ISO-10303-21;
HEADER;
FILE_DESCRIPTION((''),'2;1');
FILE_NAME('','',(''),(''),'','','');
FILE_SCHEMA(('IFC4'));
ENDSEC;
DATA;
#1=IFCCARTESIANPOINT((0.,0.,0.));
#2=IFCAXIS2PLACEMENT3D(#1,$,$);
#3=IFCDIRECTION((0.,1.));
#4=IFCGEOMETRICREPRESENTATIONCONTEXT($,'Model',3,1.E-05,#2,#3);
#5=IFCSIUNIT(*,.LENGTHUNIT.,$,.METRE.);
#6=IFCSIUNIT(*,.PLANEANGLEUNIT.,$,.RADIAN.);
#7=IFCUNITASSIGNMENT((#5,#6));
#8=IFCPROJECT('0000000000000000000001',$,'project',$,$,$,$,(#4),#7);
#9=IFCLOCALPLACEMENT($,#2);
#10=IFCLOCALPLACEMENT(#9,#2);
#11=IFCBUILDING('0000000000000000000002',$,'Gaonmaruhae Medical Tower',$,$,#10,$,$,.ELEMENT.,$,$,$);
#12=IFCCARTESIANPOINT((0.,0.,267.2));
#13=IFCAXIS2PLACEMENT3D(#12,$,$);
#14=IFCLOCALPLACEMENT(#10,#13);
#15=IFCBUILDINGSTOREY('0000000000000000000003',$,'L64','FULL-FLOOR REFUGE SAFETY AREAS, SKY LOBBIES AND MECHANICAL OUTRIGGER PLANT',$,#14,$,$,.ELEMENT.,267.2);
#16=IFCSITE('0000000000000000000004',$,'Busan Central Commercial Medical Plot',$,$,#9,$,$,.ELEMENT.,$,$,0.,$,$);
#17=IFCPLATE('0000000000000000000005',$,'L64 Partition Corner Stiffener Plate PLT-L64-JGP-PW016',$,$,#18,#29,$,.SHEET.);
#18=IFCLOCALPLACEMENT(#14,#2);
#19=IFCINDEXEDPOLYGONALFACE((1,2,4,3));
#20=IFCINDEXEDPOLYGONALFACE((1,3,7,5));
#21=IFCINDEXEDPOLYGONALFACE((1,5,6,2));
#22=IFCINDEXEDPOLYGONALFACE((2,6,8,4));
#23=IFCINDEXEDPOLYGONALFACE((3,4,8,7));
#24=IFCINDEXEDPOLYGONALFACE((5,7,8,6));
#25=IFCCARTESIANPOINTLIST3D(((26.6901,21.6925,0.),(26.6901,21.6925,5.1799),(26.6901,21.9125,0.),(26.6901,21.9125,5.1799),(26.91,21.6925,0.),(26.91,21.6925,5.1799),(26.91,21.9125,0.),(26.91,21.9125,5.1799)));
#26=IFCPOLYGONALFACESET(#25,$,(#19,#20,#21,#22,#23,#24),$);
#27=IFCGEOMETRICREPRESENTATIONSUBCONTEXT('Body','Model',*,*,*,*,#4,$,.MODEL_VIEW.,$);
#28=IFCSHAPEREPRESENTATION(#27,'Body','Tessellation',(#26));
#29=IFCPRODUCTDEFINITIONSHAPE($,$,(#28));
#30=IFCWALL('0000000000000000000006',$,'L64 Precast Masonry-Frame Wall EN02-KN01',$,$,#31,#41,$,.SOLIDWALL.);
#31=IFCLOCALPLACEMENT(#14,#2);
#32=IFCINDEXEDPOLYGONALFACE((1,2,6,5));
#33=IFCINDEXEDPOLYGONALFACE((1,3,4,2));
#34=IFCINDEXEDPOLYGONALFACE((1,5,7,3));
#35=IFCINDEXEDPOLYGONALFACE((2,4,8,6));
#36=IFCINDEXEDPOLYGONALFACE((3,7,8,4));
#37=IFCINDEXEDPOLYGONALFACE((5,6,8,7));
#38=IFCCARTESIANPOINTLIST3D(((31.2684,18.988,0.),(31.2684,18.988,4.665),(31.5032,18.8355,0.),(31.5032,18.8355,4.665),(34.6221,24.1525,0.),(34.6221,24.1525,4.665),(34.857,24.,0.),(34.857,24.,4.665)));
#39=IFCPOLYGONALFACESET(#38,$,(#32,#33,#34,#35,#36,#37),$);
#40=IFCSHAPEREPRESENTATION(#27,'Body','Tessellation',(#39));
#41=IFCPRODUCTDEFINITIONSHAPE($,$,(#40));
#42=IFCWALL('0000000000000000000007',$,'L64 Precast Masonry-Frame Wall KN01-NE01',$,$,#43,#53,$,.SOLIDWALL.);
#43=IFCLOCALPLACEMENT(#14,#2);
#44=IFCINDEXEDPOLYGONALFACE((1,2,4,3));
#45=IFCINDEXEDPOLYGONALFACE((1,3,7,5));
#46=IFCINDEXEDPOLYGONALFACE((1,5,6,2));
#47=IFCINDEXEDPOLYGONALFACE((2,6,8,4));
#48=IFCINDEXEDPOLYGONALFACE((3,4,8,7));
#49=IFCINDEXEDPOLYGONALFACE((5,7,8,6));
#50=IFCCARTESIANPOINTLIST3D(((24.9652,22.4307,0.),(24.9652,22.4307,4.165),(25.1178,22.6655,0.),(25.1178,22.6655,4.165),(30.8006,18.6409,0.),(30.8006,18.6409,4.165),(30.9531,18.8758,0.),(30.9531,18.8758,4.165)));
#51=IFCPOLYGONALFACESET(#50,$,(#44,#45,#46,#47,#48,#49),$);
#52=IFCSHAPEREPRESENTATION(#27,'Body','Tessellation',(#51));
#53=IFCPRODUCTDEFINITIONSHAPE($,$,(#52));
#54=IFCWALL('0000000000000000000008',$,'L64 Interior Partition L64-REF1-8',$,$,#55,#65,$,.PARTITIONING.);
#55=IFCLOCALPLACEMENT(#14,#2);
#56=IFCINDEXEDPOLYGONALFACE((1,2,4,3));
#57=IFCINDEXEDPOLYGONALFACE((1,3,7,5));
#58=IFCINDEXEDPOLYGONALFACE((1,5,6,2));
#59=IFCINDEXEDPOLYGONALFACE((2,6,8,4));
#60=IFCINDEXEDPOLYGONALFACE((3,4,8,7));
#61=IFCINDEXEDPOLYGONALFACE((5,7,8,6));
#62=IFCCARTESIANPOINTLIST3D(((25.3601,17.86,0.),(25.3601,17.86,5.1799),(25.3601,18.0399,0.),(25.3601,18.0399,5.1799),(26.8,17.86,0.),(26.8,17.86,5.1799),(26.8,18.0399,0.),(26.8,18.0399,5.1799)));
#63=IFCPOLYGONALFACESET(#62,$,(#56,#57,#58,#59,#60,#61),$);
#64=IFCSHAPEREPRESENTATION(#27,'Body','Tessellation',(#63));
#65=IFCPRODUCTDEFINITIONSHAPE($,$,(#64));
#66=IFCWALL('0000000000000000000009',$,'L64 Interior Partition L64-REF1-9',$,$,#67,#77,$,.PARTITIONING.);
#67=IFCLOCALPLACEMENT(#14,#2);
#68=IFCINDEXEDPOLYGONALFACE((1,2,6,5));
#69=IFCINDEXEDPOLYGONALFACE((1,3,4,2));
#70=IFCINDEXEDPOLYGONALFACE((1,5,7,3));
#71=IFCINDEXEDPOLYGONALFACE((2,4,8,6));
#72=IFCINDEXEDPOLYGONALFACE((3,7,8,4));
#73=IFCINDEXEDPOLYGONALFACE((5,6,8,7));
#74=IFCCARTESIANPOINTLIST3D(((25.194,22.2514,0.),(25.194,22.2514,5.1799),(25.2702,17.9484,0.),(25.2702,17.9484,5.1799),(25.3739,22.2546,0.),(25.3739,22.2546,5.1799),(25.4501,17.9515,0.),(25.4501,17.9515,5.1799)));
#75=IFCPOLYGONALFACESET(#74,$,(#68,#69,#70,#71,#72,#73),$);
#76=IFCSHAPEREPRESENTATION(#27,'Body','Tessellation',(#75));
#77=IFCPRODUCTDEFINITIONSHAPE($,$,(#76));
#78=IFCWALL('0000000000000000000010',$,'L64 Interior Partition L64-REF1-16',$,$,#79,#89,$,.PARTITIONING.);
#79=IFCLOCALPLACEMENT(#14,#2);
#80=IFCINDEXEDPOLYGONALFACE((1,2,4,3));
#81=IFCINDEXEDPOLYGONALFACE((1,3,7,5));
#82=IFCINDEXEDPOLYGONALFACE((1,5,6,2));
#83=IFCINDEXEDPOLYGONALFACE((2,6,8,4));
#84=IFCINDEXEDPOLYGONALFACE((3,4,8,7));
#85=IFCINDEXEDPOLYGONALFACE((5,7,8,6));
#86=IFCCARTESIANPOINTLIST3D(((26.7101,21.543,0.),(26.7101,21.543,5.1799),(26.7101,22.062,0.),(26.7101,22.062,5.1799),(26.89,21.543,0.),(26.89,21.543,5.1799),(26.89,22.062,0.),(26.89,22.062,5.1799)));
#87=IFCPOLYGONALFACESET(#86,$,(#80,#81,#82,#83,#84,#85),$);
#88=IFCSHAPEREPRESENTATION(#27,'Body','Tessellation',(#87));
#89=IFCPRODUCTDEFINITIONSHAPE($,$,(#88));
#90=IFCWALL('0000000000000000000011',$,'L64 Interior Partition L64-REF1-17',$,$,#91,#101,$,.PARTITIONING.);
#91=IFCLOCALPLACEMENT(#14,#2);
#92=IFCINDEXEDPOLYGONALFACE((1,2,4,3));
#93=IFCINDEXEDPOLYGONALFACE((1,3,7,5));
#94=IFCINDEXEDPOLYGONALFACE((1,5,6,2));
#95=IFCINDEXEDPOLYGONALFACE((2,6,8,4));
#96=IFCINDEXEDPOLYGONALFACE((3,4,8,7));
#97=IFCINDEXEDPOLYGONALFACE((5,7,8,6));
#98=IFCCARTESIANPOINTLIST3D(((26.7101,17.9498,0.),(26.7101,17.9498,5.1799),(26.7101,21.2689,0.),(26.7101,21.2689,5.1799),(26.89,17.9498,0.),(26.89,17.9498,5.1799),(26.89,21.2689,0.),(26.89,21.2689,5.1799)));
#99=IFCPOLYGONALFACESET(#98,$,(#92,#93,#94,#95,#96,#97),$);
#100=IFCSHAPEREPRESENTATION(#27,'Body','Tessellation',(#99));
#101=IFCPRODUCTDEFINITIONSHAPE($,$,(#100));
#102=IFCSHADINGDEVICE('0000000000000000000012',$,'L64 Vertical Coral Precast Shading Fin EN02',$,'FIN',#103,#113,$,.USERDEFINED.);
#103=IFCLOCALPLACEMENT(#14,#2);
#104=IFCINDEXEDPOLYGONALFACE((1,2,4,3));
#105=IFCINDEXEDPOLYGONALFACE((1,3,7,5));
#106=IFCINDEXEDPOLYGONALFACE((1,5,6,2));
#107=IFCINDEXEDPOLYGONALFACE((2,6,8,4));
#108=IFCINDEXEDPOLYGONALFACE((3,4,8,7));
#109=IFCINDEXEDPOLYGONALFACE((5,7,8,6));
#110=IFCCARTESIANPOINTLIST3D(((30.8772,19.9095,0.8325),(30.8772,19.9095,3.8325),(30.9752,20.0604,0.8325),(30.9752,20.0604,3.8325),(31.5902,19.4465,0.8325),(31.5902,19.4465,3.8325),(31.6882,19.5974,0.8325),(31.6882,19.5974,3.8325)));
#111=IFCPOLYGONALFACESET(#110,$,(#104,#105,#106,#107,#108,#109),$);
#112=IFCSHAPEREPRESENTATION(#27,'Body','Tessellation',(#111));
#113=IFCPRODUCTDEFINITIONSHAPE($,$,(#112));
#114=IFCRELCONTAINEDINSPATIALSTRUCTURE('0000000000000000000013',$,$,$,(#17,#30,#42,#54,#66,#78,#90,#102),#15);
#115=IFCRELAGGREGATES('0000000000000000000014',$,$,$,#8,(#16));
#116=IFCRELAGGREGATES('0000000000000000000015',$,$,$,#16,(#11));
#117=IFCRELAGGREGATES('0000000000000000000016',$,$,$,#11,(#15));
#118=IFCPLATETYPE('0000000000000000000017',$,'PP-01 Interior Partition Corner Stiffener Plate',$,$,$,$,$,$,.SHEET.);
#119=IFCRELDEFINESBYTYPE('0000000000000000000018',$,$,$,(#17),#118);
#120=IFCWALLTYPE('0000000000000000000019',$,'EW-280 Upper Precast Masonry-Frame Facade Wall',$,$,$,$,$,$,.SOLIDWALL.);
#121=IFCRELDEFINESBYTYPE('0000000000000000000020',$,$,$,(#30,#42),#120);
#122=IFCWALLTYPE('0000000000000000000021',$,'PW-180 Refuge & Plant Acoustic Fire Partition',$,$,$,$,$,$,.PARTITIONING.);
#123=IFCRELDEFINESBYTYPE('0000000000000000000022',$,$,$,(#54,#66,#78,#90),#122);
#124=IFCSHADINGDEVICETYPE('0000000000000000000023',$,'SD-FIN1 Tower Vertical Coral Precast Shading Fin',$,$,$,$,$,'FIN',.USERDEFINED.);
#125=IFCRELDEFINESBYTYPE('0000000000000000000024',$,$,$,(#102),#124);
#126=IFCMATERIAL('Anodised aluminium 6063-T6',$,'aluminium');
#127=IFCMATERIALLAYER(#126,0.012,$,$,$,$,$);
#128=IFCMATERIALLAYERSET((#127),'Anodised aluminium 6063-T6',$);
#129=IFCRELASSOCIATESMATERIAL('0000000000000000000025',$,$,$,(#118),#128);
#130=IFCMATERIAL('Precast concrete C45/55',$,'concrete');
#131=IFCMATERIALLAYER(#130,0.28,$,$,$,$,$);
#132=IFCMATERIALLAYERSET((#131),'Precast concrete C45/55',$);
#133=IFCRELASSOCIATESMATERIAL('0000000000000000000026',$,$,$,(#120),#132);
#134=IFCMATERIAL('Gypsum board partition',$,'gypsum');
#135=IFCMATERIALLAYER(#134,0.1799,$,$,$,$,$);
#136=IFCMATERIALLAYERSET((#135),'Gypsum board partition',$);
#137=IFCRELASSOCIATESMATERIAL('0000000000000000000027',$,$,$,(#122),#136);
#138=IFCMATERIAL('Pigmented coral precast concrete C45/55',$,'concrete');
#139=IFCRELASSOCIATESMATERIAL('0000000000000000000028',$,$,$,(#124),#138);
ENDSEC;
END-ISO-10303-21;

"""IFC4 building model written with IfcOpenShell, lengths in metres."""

from ifc_helpers import new_model, si_unit, direction, frame, frame_2d, origin, origin_2d, place, context, subcontext, project, spatial, rectangle, extrude, material, layer, layer_set, type_object, element, save


model = new_model("IFC4")

# Units and contexts
model_context = context("Model", 3, precision=1e-05, world=origin(), true_north=direction((0.0, 1.0)))
body_context = subcontext(model_context, "Body", "Model", "MODEL_VIEW")
ifc_project = project(units=[si_unit("LENGTHUNIT", "METRE"), si_unit("PLANEANGLEUNIT", "RADIAN")], contexts=[model_context])

# Site, building, storey
site_placement = place(None, origin())
site = spatial("IfcSite", under=ifc_project, at=site_placement, Name="Busan Central Commercial Medical Plot", CompositionType="ELEMENT", RefElevation=0.0)
building_placement = place(site_placement, origin())
building = spatial("IfcBuilding", under=site, at=building_placement, Name="Gaonmaruhae Medical Tower", CompositionType="ELEMENT")
storey_placement = place(building_placement, frame((0.0, 0.0, 267.2)))
storey = spatial("IfcBuildingStorey", under=building, at=storey_placement, Name="L64", Description="FULL-FLOOR REFUGE SAFETY AREAS, SKY LOBBIES AND MECHANICAL OUTRIGGER PLANT", CompositionType="ELEMENT", Elevation=267.2)

# Plate
ifc_material_1 = material(Name="Anodised aluminium 6063-T6", Category="aluminium")
ifc_layer_1 = layer(ifc_material_1, 0.012)
ifc_layer_set_1 = layer_set([ifc_layer_1], Name="Anodised aluminium 6063-T6")
plate_type_1 = type_object("IfcPlateType", Name="PP-01 Interior Partition Corner Stiffener Plate", PredefinedType="SHEET", material=ifc_layer_set_1)
plate_placement = place(storey_placement, frame((26.8, 21.8025, 0.0), z_axis=(0.0, 0.0, 1.0), x_axis=(0.0, -1.0, 0.0)))
element("IfcPlate", 1, at=plate_placement, inside=storey, type_object=plate_type_1, Name="L64 Partition Corner Stiffener Plate PLT-L64-JGP-PW016", PredefinedType="SHEET", context=body_context, shape_type="SweptSolid", body=[
    extrude(rectangle(XDim=0.22, YDim=0.22, at=origin_2d()), origin(), (0.0, 0.0, 1.0), 5.1799),
])

# Walls
ifc_material_2 = material(Name="Precast concrete C45/55", Category="concrete")
ifc_layer_2 = layer(ifc_material_2, 0.28)
ifc_layer_set_2 = layer_set([ifc_layer_2], Name="Precast concrete C45/55")
wall_type_1 = type_object("IfcWallType", Name="EW-280 Upper Precast Masonry-Frame Facade Wall", PredefinedType="SOLIDWALL", material=ifc_layer_set_2)
wall_1_placement = place(storey_placement, frame((31.3857, 18.9116, 0.0), z_axis=(0.0, 0.0, 1.0), x_axis=(0.544623, 0.838681, 0.0)))
element("IfcWall", 2, at=wall_1_placement, inside=storey, type_object=wall_type_1, Name="L64 Precast Masonry-Frame Wall EN02-KN01", PredefinedType="SOLIDWALL", context=body_context, shape_type="SweptSolid", body=[
    extrude(rectangle(XDim=6.158, YDim=0.28, at=frame_2d((3.0791, 0.0))), origin(), (0.0, 0.0, 1.0), 4.665),
])
wall_2_placement = place(storey_placement, frame((25.0415, 22.5481, 0.0), z_axis=(0.0, 0.0, 1.0), x_axis=(0.838657, -0.54466, 0.0)))
element("IfcWall", 3, at=wall_2_placement, inside=storey, type_object=wall_type_1, Name="L64 Precast Masonry-Frame Wall KN01-NE01", PredefinedType="SOLIDWALL", context=body_context, shape_type="SweptSolid", body=[
    extrude(rectangle(XDim=6.958, YDim=0.28, at=frame_2d((3.479, 0.0))), origin(), (0.0, 0.0, 1.0), 4.165),
])
ifc_material_3 = material(Name="Gypsum board partition", Category="gypsum")
ifc_layer_3 = layer(ifc_material_3, 0.1799)
ifc_layer_set_3 = layer_set([ifc_layer_3], Name="Gypsum board partition")
wall_type_2 = type_object("IfcWallType", Name="PW-180 Refuge & Plant Acoustic Fire Partition", PredefinedType="PARTITIONING", material=ifc_layer_set_3)
wall_3_placement = place(storey_placement, frame((26.8, 17.95, 0.0), z_axis=(0.0, 0.0, 1.0), x_axis=(-1.0, 0.0, 0.0)))
element("IfcWall", 4, at=wall_3_placement, inside=storey, type_object=wall_type_2, Name="L64 Interior Partition L64-REF1-8", PredefinedType="PARTITIONING", context=body_context, shape_type="SweptSolid", body=[
    extrude(rectangle(XDim=1.4399, YDim=0.1799, at=frame_2d((0.72, 0.0))), origin(), (0.0, 0.0, 1.0), 5.1799),
])
wall_4_placement = place(storey_placement, frame((25.3601, 17.95, 0.0), z_axis=(0.0, 0.0, 1.0), x_axis=(-0.017699, 0.999843, 0.0)))
element("IfcWall", 5, at=wall_4_placement, inside=storey, type_object=wall_type_2, Name="L64 Interior Partition L64-REF1-9", PredefinedType="PARTITIONING", context=body_context, shape_type="SweptSolid", body=[
    extrude(rectangle(XDim=4.3037, YDim=0.1799, at=frame_2d((2.1519, 0.0))), origin(), (0.0, 0.0, 1.0), 5.1799),
])
wall_5_placement = place(storey_placement, frame((26.8, 22.062, 0.0), z_axis=(0.0, 0.0, 1.0), x_axis=(0.0, -1.0, 0.0)))
element("IfcWall", 6, at=wall_5_placement, inside=storey, type_object=wall_type_2, Name="L64 Interior Partition L64-REF1-16", PredefinedType="PARTITIONING", context=body_context, shape_type="SweptSolid", body=[
    extrude(rectangle(XDim=0.519, YDim=0.1799, at=frame_2d((0.2595, 0.0))), origin(), (0.0, 0.0, 1.0), 5.1799),
])
wall_6_placement = place(storey_placement, frame((26.8, 21.269, 0.0), z_axis=(0.0, 0.0, 1.0), x_axis=(0.0, -1.0, 0.0)))
element("IfcWall", 7, at=wall_6_placement, inside=storey, type_object=wall_type_2, Name="L64 Interior Partition L64-REF1-17", PredefinedType="PARTITIONING", context=body_context, shape_type="SweptSolid", body=[
    extrude(rectangle(XDim=3.3191, YDim=0.1799, at=frame_2d((1.6597, 0.0))), origin(), (0.0, 0.0, 1.0), 5.1799),
])

# Shading device
ifc_material_4 = material(Name="Pigmented coral precast concrete C45/55", Category="concrete")
shading_device_type = type_object("IfcShadingDeviceType", Name="SD-FIN1 Tower Vertical Coral Precast Shading Fin", ElementType="FIN", PredefinedType="USERDEFINED", material=ifc_material_4)
shading_device_placement = place(storey_placement, frame((31.2827, 19.7534, 0.8325), z_axis=(0.0, 0.0, 1.0), x_axis=(0.544624, 0.83868, 0.0)))
element("IfcShadingDevice", 8, at=shading_device_placement, inside=storey, type_object=shading_device_type, Name="L64 Vertical Coral Precast Shading Fin EN02", ObjectType="FIN", PredefinedType="USERDEFINED", context=body_context, shape_type="SweptSolid", body=[
    extrude(rectangle(XDim=0.1799, YDim=0.8501, at=origin_2d()), origin(), (0.0, 0.0, 1.0), 3.0),
])

save(model, "model.ifc")
